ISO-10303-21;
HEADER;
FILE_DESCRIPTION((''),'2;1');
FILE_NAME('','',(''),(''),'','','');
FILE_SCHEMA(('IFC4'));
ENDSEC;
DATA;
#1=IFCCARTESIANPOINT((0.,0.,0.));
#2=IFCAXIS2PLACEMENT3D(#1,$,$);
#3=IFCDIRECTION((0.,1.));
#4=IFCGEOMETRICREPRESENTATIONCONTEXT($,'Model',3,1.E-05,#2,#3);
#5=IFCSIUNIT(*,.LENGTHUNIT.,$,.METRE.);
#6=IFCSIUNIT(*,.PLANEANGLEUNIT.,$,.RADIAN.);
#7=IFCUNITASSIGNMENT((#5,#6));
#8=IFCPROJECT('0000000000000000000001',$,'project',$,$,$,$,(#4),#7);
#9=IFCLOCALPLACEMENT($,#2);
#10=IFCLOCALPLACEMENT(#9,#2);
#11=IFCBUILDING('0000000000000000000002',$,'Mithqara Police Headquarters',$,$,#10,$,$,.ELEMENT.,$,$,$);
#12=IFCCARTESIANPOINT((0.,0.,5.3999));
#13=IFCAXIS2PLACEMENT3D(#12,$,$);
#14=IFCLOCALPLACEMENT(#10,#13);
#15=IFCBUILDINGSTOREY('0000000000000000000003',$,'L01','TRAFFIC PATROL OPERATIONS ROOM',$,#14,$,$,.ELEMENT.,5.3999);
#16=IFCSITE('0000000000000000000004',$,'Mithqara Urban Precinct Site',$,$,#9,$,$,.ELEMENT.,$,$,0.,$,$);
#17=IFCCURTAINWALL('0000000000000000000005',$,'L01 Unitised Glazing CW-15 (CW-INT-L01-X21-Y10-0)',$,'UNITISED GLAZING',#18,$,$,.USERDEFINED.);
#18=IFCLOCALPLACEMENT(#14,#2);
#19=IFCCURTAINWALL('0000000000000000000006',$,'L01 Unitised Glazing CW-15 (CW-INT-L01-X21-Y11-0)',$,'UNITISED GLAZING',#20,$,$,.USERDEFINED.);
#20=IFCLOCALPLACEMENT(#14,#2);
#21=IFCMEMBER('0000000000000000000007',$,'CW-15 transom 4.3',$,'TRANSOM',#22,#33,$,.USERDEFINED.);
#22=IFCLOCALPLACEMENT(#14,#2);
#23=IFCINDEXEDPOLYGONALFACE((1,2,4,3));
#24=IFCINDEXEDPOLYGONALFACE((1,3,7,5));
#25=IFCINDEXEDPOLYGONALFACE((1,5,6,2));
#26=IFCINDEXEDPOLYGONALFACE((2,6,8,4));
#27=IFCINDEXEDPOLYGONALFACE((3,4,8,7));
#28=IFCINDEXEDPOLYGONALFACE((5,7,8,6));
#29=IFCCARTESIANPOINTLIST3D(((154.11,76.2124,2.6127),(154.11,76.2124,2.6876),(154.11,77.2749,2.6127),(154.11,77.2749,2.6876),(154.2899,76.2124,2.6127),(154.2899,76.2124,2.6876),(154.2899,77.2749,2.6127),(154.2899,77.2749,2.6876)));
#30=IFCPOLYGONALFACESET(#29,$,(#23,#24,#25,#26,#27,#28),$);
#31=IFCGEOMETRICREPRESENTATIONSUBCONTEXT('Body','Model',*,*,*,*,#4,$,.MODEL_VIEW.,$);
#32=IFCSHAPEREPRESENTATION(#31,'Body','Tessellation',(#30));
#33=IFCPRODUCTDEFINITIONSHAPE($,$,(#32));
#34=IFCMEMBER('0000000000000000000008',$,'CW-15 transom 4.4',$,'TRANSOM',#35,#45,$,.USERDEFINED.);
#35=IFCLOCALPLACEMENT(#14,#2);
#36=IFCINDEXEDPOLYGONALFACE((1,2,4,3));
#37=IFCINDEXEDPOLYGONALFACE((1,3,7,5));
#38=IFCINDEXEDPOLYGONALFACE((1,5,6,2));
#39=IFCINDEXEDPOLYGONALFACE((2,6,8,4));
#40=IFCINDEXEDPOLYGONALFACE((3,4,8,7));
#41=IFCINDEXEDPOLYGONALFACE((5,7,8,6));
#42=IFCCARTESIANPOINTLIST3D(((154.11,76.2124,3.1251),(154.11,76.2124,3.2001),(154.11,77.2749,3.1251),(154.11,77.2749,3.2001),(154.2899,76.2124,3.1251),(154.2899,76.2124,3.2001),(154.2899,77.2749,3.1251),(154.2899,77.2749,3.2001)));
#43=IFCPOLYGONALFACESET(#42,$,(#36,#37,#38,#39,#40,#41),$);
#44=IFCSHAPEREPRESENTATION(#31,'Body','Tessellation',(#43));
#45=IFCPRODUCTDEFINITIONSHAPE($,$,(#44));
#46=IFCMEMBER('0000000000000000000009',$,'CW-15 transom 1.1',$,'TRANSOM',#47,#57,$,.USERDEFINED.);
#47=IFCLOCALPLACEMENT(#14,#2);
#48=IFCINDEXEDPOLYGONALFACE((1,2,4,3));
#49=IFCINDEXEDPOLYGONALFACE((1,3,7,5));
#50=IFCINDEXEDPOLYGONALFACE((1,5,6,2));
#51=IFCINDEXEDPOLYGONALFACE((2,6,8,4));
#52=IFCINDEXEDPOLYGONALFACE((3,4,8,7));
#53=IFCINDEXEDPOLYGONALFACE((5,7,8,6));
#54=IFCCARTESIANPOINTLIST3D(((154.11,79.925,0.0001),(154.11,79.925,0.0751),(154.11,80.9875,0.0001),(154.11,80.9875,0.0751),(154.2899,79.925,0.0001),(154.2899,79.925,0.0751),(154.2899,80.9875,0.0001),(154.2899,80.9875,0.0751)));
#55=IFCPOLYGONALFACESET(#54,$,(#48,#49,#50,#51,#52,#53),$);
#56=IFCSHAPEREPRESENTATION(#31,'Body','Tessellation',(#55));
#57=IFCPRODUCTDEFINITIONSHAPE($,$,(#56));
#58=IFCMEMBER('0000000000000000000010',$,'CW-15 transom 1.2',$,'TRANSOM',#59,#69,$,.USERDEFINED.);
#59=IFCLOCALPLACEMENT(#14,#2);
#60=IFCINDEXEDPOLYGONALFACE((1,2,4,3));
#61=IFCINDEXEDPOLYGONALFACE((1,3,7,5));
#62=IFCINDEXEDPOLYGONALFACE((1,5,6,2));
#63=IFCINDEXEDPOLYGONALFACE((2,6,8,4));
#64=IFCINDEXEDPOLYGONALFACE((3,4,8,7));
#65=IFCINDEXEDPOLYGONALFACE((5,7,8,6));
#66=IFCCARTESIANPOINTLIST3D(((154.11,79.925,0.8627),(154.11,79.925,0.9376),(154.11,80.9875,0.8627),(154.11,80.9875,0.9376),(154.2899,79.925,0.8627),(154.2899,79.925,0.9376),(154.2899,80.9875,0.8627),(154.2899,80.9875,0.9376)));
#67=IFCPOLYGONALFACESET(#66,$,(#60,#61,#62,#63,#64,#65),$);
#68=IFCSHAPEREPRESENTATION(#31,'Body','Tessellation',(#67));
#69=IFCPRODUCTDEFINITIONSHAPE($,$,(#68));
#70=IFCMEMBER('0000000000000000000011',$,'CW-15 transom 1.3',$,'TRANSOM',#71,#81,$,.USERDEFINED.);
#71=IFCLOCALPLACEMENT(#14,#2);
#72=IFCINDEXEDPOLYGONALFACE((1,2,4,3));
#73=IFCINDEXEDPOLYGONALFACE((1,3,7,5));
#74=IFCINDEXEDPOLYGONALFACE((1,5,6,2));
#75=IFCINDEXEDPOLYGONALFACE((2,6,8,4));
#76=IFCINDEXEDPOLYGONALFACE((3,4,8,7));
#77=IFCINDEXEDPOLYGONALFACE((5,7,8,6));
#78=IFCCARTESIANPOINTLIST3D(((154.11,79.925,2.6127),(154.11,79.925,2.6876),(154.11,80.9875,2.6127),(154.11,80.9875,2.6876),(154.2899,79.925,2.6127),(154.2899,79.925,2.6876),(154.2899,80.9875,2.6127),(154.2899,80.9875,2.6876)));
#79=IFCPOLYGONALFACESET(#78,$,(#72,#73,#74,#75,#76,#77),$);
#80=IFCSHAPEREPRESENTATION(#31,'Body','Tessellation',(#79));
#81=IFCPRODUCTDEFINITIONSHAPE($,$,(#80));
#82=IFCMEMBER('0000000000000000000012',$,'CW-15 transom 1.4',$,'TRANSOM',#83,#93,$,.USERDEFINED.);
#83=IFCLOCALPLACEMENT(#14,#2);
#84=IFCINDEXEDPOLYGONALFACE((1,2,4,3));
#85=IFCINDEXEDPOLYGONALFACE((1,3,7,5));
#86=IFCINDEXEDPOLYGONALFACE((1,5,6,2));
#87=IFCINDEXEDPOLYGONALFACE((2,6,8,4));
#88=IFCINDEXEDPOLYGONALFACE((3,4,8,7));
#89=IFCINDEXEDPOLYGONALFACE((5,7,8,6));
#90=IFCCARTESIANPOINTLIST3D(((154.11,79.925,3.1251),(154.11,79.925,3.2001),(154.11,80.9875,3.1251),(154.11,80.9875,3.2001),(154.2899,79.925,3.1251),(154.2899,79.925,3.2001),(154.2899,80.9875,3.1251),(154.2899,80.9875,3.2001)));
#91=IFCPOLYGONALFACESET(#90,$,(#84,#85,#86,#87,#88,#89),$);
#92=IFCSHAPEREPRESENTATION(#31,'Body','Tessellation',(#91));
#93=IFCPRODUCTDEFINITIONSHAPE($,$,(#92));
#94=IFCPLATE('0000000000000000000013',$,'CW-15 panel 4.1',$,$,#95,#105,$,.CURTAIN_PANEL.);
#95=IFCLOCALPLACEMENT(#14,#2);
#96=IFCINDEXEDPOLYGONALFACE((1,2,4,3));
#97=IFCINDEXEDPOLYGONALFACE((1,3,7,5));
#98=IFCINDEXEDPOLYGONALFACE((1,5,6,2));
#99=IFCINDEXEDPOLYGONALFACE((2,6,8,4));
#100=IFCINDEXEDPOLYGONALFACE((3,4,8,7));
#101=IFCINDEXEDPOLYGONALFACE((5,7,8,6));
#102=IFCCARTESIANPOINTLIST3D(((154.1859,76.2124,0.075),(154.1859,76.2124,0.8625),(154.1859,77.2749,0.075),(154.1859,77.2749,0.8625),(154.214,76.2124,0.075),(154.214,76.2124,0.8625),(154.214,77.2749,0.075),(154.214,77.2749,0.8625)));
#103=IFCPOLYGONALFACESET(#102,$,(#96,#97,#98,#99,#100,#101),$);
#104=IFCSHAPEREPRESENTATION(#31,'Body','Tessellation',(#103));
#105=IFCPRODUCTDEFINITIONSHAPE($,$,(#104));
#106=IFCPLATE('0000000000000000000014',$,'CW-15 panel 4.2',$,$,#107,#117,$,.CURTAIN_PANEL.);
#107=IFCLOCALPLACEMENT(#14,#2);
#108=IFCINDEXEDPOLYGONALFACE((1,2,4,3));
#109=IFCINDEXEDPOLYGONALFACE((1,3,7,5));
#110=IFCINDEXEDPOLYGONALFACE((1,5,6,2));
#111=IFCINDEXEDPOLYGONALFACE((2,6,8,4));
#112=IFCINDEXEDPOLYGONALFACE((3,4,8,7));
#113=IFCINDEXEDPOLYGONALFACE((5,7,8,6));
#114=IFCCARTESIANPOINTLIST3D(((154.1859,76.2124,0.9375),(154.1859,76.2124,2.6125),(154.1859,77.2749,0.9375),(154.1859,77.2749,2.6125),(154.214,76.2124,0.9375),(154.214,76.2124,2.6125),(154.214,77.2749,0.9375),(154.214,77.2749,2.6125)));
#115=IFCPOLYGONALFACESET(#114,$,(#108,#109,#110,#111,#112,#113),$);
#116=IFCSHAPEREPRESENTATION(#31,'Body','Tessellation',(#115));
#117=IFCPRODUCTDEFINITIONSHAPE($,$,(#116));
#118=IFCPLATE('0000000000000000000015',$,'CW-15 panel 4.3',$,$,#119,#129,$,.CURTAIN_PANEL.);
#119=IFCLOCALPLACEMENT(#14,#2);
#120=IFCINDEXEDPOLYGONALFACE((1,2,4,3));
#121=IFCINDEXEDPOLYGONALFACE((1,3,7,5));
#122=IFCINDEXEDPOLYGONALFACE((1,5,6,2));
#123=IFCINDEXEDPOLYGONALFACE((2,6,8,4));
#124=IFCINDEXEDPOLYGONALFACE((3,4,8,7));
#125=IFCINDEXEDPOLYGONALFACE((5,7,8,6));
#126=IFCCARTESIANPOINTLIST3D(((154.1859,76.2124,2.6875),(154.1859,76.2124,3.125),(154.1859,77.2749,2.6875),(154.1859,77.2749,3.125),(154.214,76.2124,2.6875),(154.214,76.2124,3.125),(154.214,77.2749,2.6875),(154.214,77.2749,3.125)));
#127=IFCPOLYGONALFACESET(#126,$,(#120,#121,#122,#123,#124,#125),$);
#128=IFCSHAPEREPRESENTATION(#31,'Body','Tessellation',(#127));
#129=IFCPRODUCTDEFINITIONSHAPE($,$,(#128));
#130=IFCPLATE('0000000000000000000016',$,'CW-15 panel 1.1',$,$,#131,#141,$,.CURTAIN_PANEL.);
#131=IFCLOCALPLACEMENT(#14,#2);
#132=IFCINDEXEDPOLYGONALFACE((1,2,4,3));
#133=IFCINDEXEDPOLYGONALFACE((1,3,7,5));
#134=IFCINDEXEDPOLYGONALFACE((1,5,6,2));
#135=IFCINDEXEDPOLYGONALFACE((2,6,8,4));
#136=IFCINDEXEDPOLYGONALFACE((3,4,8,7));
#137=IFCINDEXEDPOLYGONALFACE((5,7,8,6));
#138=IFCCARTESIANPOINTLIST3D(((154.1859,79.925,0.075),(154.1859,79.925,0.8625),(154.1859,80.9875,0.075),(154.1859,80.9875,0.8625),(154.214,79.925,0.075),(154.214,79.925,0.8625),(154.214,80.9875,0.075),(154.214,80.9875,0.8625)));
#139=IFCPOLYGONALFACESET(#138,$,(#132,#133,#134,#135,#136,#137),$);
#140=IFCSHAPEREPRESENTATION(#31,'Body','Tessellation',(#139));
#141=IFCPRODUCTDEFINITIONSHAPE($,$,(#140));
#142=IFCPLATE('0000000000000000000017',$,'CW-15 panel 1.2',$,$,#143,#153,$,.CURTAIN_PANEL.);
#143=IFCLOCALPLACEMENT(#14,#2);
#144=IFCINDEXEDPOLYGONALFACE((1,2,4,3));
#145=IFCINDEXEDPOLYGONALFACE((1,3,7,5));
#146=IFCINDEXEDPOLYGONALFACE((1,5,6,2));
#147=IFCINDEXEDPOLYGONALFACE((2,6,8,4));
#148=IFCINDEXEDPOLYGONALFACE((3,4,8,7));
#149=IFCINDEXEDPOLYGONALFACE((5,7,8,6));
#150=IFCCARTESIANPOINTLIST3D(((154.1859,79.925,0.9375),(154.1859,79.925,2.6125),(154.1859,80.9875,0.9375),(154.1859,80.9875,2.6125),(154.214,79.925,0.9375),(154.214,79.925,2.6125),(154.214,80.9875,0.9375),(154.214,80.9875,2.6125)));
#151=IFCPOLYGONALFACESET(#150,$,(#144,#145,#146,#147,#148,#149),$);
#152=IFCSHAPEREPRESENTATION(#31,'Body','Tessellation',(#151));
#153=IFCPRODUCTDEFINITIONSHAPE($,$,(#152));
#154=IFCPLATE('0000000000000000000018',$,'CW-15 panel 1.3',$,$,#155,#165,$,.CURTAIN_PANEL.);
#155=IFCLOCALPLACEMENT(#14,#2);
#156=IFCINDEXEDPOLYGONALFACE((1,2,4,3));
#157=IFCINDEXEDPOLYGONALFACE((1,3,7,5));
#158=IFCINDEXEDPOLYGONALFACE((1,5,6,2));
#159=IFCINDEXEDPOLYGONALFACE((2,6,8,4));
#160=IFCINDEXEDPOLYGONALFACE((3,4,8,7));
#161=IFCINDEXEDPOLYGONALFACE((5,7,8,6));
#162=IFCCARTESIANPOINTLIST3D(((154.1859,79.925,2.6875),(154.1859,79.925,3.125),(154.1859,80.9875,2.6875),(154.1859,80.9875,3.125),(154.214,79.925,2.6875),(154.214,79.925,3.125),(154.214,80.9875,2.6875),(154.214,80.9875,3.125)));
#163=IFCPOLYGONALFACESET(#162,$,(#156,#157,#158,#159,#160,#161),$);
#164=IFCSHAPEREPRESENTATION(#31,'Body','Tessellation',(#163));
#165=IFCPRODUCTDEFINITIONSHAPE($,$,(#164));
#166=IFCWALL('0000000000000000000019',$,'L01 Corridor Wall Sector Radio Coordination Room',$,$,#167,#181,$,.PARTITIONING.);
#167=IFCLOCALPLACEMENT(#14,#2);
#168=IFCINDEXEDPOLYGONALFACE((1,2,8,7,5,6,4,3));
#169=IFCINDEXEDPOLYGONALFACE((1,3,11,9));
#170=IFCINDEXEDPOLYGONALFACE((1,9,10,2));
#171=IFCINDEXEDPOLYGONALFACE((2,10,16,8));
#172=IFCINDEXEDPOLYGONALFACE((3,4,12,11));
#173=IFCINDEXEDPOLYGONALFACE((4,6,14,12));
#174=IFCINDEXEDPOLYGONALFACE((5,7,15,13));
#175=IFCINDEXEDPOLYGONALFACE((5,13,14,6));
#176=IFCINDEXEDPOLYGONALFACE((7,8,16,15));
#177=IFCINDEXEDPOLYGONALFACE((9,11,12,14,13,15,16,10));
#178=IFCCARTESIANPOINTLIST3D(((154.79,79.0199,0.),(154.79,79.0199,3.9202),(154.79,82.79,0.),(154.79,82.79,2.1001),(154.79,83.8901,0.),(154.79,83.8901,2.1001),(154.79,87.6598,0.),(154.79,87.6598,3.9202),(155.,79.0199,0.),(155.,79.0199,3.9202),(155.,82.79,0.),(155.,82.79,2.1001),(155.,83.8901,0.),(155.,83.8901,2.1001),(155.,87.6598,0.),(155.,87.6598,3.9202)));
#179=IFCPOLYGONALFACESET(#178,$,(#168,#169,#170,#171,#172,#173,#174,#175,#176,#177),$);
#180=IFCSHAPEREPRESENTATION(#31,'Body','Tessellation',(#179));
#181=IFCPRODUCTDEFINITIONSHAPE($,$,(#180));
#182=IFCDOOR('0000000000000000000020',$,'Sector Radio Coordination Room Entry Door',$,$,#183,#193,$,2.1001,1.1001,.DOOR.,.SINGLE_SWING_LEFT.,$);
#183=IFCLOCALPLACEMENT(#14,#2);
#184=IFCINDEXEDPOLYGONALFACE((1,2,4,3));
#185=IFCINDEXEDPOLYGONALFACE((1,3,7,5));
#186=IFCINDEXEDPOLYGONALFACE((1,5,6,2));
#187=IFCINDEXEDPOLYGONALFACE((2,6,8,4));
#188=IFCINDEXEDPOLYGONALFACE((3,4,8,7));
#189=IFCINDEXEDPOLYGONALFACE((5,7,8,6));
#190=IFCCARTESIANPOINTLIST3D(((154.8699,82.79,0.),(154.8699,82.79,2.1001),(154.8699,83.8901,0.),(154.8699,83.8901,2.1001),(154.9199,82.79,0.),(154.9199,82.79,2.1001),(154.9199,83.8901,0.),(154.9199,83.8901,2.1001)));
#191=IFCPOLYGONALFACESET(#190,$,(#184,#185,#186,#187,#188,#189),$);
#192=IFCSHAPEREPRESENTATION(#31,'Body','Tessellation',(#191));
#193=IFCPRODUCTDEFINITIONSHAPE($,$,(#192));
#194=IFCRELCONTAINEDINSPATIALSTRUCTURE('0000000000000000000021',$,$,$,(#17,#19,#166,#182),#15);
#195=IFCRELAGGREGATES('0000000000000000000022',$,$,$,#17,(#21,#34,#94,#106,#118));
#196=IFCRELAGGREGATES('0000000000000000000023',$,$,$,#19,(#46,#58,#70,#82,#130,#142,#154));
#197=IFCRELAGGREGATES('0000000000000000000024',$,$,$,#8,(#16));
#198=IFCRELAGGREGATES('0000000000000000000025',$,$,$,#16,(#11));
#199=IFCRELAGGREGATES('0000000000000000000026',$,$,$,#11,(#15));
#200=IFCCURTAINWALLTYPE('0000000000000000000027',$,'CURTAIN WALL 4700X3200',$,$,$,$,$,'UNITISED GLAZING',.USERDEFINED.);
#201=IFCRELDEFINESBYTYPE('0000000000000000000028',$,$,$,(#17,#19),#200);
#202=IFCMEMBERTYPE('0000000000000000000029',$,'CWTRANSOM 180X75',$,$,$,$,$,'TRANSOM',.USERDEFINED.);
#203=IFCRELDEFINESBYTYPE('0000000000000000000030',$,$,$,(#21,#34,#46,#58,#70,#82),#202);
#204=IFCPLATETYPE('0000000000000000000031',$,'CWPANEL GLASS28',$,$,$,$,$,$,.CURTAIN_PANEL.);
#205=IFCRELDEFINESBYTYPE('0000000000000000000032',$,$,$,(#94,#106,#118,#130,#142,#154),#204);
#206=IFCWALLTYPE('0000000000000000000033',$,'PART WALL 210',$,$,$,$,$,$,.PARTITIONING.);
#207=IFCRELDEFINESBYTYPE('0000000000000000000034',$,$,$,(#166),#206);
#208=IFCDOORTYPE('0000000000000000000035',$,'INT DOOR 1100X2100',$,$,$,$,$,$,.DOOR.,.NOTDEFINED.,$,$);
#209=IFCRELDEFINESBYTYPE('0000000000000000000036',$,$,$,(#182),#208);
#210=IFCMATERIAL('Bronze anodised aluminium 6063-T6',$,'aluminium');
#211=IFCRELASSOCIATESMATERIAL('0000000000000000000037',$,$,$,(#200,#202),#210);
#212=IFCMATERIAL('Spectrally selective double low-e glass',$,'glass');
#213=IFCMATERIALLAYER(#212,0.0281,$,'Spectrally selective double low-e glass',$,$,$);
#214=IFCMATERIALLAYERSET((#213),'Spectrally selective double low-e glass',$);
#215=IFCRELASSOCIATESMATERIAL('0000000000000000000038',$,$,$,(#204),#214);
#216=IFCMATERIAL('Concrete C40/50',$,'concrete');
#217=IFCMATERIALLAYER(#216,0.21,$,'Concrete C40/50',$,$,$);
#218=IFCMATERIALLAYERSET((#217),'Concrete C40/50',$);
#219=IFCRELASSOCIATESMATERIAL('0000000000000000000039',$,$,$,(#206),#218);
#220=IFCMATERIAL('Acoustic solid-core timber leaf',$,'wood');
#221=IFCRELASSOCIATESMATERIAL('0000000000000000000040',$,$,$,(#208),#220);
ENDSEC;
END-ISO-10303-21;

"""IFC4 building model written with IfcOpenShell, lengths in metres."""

from ifc_helpers import new_model, si_unit, direction, frame, frame_2d, origin, origin_2d, place, context, subcontext, project, spatial, rectangle, extrude, material, layer, layer_set, material_profile, profile_set, type_object, element, fill, aggregate, save


model = new_model("IFC4")

# Units and contexts
model_context = context("Model", 3, precision=1e-05, world=origin(), true_north=direction((0.0, 1.0)))
body_context = subcontext(model_context, "Body", "Model", "MODEL_VIEW")
ifc_project = project(units=[si_unit("LENGTHUNIT", "METRE"), si_unit("PLANEANGLEUNIT", "RADIAN")], contexts=[model_context])

# Site, building, storey
site_placement = place(None, origin())
site = spatial("IfcSite", under=ifc_project, at=site_placement, Name="Mithqara Urban Precinct Site", CompositionType="ELEMENT", RefElevation=0.0)
building_placement = place(site_placement, origin())
building = spatial("IfcBuilding", under=site, at=building_placement, Name="Mithqara Police Headquarters", CompositionType="ELEMENT")
storey_placement = place(building_placement, frame((0.0, 0.0, 5.3999)))
storey = spatial("IfcBuildingStorey", under=building, at=storey_placement, Name="L01", Description="TRAFFIC PATROL OPERATIONS ROOM", CompositionType="ELEMENT", Elevation=5.3999)

# Shared definitions
ifc_material_1 = material(Name="Concrete C40/50", Category="concrete")

# Curtain walls
ifc_material_2 = material(Name="Bronze anodised aluminium 6063-T6", Category="aluminium")
curtain_wall_type = type_object("IfcCurtainWallType", Name="CURTAIN WALL 4700X3200", ElementType="UNITISED GLAZING", PredefinedType="USERDEFINED", material=ifc_material_2)
curtain_wall_1_placement = place(storey_placement, origin())
curtain_wall_1 = element("IfcCurtainWall", 1, at=curtain_wall_1_placement, inside=storey, type_object=curtain_wall_type, Name="L01 Unitised Glazing CW-15 (CW-INT-L01-X21-Y10-0)", ObjectType="UNITISED GLAZING", PredefinedType="USERDEFINED")
curtain_wall_2_placement = place(storey_placement, origin())
curtain_wall_2 = element("IfcCurtainWall", 2, at=curtain_wall_2_placement, inside=storey, type_object=curtain_wall_type, Name="L01 Unitised Glazing CW-15 (CW-INT-L01-X21-Y11-0)", ObjectType="UNITISED GLAZING", PredefinedType="USERDEFINED")

# Members
ifc_material_profile_1 = material_profile(ifc_material_2, rectangle(XDim=0.1799, YDim=0.075, at=origin_2d()), Name="CWT 180x75")
ifc_profile_set_1 = profile_set([ifc_material_profile_1], Name="Bronze anodised aluminium 6063-T6")
member_type_1 = type_object("IfcMemberType", Name="CWTRANSOM 180X75", ElementType="TRANSOM", PredefinedType="USERDEFINED", material=ifc_profile_set_1)
member_1_placement = place(storey_placement, frame((154.2, 76.2124, 2.6501), z_axis=(0.0, 1.0, 0.0), x_axis=(-1.0, 0.0, 0.0)))
member_1 = element("IfcMember", 3, at=member_1_placement, type_object=member_type_1, Name="CW-15 transom 4.3", ObjectType="TRANSOM", PredefinedType="USERDEFINED", context=body_context, shape_type="SweptSolid", body=[
    extrude(rectangle(XDim=0.1799, YDim=0.075, at=origin_2d()), origin(), (0.0, 0.0, 1.0), 1.0625),
])
member_2_placement = place(storey_placement, frame((154.2, 76.2124, 3.1626), z_axis=(0.0, 1.0, 0.0), x_axis=(-1.0, 0.0, 0.0)))
member_2 = element("IfcMember", 4, at=member_2_placement, type_object=member_type_1, Name="CW-15 transom 4.4", ObjectType="TRANSOM", PredefinedType="USERDEFINED", context=body_context, shape_type="SweptSolid", body=[
    extrude(rectangle(XDim=0.1799, YDim=0.075, at=origin_2d()), origin(), (0.0, 0.0, 1.0), 1.0625),
])
member_3_placement = place(storey_placement, frame((154.2, 79.925, 0.0376), z_axis=(0.0, 1.0, 0.0), x_axis=(-1.0, 0.0, 0.0)))
member_3 = element("IfcMember", 5, at=member_3_placement, type_object=member_type_1, Name="CW-15 transom 1.1", ObjectType="TRANSOM", PredefinedType="USERDEFINED", context=body_context, shape_type="SweptSolid", body=[
    extrude(rectangle(XDim=0.1799, YDim=0.075, at=origin_2d()), origin(), (0.0, 0.0, 1.0), 1.0625),
])
member_4_placement = place(storey_placement, frame((154.2, 79.925, 0.9001), z_axis=(0.0, 1.0, 0.0), x_axis=(-1.0, 0.0, 0.0)))
member_4 = element("IfcMember", 6, at=member_4_placement, type_object=member_type_1, Name="CW-15 transom 1.2", ObjectType="TRANSOM", PredefinedType="USERDEFINED", context=body_context, shape_type="SweptSolid", body=[
    extrude(rectangle(XDim=0.1799, YDim=0.075, at=origin_2d()), origin(), (0.0, 0.0, 1.0), 1.0625),
])
member_5_placement = place(storey_placement, frame((154.2, 79.925, 2.6501), z_axis=(0.0, 1.0, 0.0), x_axis=(-1.0, 0.0, 0.0)))
member_5 = element("IfcMember", 7, at=member_5_placement, type_object=member_type_1, Name="CW-15 transom 1.3", ObjectType="TRANSOM", PredefinedType="USERDEFINED", context=body_context, shape_type="SweptSolid", body=[
    extrude(rectangle(XDim=0.1799, YDim=0.075, at=origin_2d()), origin(), (0.0, 0.0, 1.0), 1.0625),
])
member_6_placement = place(storey_placement, frame((154.2, 79.925, 3.1626), z_axis=(0.0, 1.0, 0.0), x_axis=(-1.0, 0.0, 0.0)))
member_6 = element("IfcMember", 8, at=member_6_placement, type_object=member_type_1, Name="CW-15 transom 1.4", ObjectType="TRANSOM", PredefinedType="USERDEFINED", context=body_context, shape_type="SweptSolid", body=[
    extrude(rectangle(XDim=0.1799, YDim=0.075, at=origin_2d()), origin(), (0.0, 0.0, 1.0), 1.0625),
])

# Plates
ifc_material_3 = material(Name="Spectrally selective double low-e glass", Category="glass")
ifc_layer_1 = layer(ifc_material_3, 0.0281, Name="Spectrally selective double low-e glass")
ifc_layer_set_1 = layer_set([ifc_layer_1], Name="Spectrally selective double low-e glass")
plate_type = type_object("IfcPlateType", Name="CWPANEL GLASS28", PredefinedType="CURTAIN_PANEL", material=ifc_layer_set_1)
plate_1_placement = place(storey_placement, frame((154.2, 76.7437, 0.075), z_axis=(0.0, 0.0, 1.0), x_axis=(0.0, 1.0, 0.0)))
plate_1 = element("IfcPlate", 9, at=plate_1_placement, type_object=plate_type, Name="CW-15 panel 4.1", PredefinedType="CURTAIN_PANEL", context=body_context, shape_type="SweptSolid", body=[
    extrude(rectangle(XDim=1.0625, YDim=0.0281, at=origin_2d()), origin(), (0.0, 0.0, 1.0), 0.7876),
])
plate_2_placement = place(storey_placement, frame((154.2, 76.7437, 0.9375), z_axis=(0.0, 0.0, 1.0), x_axis=(0.0, 1.0, 0.0)))
plate_2 = element("IfcPlate", 10, at=plate_2_placement, type_object=plate_type, Name="CW-15 panel 4.2", PredefinedType="CURTAIN_PANEL", context=body_context, shape_type="SweptSolid", body=[
    extrude(rectangle(XDim=1.0625, YDim=0.0281, at=origin_2d()), origin(), (0.0, 0.0, 1.0), 1.675),
])
plate_3_placement = place(storey_placement, frame((154.2, 76.7437, 2.6875), z_axis=(0.0, 0.0, 1.0), x_axis=(0.0, 1.0, 0.0)))
plate_3 = element("IfcPlate", 11, at=plate_3_placement, type_object=plate_type, Name="CW-15 panel 4.3", PredefinedType="CURTAIN_PANEL", context=body_context, shape_type="SweptSolid", body=[
    extrude(rectangle(XDim=1.0625, YDim=0.0281, at=origin_2d()), origin(), (0.0, 0.0, 1.0), 0.4375),
])
aggregate(curtain_wall_1, [member_1, member_2, plate_1, plate_2, plate_3])
plate_4_placement = place(storey_placement, frame((154.2, 80.4563, 0.075), z_axis=(0.0, 0.0, 1.0), x_axis=(0.0, 1.0, 0.0)))
plate_4 = element("IfcPlate", 12, at=plate_4_placement, type_object=plate_type, Name="CW-15 panel 1.1", PredefinedType="CURTAIN_PANEL", context=body_context, shape_type="SweptSolid", body=[
    extrude(rectangle(XDim=1.0625, YDim=0.0281, at=origin_2d()), origin(), (0.0, 0.0, 1.0), 0.7876),
])
plate_5_placement = place(storey_placement, frame((154.2, 80.4563, 0.9375), z_axis=(0.0, 0.0, 1.0), x_axis=(0.0, 1.0, 0.0)))
plate_5 = element("IfcPlate", 13, at=plate_5_placement, type_object=plate_type, Name="CW-15 panel 1.2", PredefinedType="CURTAIN_PANEL", context=body_context, shape_type="SweptSolid", body=[
    extrude(rectangle(XDim=1.0625, YDim=0.0281, at=origin_2d()), origin(), (0.0, 0.0, 1.0), 1.675),
])
plate_6_placement = place(storey_placement, frame((154.2, 80.4563, 2.6875), z_axis=(0.0, 0.0, 1.0), x_axis=(0.0, 1.0, 0.0)))
plate_6 = element("IfcPlate", 14, at=plate_6_placement, type_object=plate_type, Name="CW-15 panel 1.3", PredefinedType="CURTAIN_PANEL", context=body_context, shape_type="SweptSolid", body=[
    extrude(rectangle(XDim=1.0625, YDim=0.0281, at=origin_2d()), origin(), (0.0, 0.0, 1.0), 0.4375),
])
aggregate(curtain_wall_2, [member_3, member_4, member_5, member_6, plate_4, plate_5, plate_6])

# Wall, opening, door
ifc_layer_2 = layer(ifc_material_1, 0.21, Name="Concrete C40/50")
ifc_layer_set_2 = layer_set([ifc_layer_2], Name="Concrete C40/50")
wall_type = type_object("IfcWallType", Name="PART WALL 210", PredefinedType="PARTITIONING", material=ifc_layer_set_2)
wall_1_placement = place(storey_placement, frame((154.895, 79.02, 0.0), z_axis=(0.0, 0.0, 1.0), x_axis=(0.0, 1.0, 0.0)))
wall_1 = element("IfcWall", 15, at=wall_1_placement, inside=storey, type_object=wall_type, Name="L01 Corridor Wall Sector Radio Coordination Room", PredefinedType="PARTITIONING", context=body_context, shape_type="SweptSolid", body=[
    extrude(rectangle(XDim=8.6399, YDim=0.21, at=frame_2d((4.3198, 0.0))), origin(), (0.0, 0.0, 1.0), 3.9202),
])
opening_1_placement = place(wall_1_placement, frame((3.77, 0.0, 0.0)))
opening_1 = element("IfcOpeningElement", 16, at=opening_1_placement, cuts=wall_1, PredefinedType="OPENING", context=body_context, shape_type="SweptSolid", body=[
    extrude(rectangle(XDim=1.1001, YDim=2.1001, at=frame_2d((0.55, 1.05))), frame((0.0, 0.115, 0.0), z_axis=(0.0, -1.0, 0.0), x_axis=(1.0, 0.0, 0.0)), (0.0, 0.0, 1.0), 0.23),
])
ifc_material_4 = material(Name="Acoustic solid-core timber leaf", Category="wood")
door_type_1 = type_object("IfcDoorType", Name="INT DOOR 1100X2100", OperationType="NOTDEFINED", PredefinedType="DOOR", material=ifc_material_4)
door_1_placement = place(opening_1_placement, frame((1.1001, 0.0, 0.0), z_axis=(0.0, 0.0, 1.0), x_axis=(-1.0, 0.0, 0.0)))
door_1 = element("IfcDoor", 17, at=door_1_placement, inside=storey, type_object=door_type_1, Name="Sector Radio Coordination Room Entry Door", OperationType="SINGLE_SWING_LEFT", OverallHeight=2.1001, OverallWidth=1.1001, PredefinedType="DOOR", context=body_context, shape_type="SweptSolid", body=[
    extrude(rectangle(XDim=1.1001, YDim=2.1001, at=frame_2d((0.55, 1.05))), frame((0.0, 0.0249, 0.0), z_axis=(0.0, -1.0, 0.0), x_axis=(1.0, 0.0, 0.0)), (0.0, 0.0, 1.0), 0.05),
])
fill(opening_1, door_1)

save(model, "model.ifc")
